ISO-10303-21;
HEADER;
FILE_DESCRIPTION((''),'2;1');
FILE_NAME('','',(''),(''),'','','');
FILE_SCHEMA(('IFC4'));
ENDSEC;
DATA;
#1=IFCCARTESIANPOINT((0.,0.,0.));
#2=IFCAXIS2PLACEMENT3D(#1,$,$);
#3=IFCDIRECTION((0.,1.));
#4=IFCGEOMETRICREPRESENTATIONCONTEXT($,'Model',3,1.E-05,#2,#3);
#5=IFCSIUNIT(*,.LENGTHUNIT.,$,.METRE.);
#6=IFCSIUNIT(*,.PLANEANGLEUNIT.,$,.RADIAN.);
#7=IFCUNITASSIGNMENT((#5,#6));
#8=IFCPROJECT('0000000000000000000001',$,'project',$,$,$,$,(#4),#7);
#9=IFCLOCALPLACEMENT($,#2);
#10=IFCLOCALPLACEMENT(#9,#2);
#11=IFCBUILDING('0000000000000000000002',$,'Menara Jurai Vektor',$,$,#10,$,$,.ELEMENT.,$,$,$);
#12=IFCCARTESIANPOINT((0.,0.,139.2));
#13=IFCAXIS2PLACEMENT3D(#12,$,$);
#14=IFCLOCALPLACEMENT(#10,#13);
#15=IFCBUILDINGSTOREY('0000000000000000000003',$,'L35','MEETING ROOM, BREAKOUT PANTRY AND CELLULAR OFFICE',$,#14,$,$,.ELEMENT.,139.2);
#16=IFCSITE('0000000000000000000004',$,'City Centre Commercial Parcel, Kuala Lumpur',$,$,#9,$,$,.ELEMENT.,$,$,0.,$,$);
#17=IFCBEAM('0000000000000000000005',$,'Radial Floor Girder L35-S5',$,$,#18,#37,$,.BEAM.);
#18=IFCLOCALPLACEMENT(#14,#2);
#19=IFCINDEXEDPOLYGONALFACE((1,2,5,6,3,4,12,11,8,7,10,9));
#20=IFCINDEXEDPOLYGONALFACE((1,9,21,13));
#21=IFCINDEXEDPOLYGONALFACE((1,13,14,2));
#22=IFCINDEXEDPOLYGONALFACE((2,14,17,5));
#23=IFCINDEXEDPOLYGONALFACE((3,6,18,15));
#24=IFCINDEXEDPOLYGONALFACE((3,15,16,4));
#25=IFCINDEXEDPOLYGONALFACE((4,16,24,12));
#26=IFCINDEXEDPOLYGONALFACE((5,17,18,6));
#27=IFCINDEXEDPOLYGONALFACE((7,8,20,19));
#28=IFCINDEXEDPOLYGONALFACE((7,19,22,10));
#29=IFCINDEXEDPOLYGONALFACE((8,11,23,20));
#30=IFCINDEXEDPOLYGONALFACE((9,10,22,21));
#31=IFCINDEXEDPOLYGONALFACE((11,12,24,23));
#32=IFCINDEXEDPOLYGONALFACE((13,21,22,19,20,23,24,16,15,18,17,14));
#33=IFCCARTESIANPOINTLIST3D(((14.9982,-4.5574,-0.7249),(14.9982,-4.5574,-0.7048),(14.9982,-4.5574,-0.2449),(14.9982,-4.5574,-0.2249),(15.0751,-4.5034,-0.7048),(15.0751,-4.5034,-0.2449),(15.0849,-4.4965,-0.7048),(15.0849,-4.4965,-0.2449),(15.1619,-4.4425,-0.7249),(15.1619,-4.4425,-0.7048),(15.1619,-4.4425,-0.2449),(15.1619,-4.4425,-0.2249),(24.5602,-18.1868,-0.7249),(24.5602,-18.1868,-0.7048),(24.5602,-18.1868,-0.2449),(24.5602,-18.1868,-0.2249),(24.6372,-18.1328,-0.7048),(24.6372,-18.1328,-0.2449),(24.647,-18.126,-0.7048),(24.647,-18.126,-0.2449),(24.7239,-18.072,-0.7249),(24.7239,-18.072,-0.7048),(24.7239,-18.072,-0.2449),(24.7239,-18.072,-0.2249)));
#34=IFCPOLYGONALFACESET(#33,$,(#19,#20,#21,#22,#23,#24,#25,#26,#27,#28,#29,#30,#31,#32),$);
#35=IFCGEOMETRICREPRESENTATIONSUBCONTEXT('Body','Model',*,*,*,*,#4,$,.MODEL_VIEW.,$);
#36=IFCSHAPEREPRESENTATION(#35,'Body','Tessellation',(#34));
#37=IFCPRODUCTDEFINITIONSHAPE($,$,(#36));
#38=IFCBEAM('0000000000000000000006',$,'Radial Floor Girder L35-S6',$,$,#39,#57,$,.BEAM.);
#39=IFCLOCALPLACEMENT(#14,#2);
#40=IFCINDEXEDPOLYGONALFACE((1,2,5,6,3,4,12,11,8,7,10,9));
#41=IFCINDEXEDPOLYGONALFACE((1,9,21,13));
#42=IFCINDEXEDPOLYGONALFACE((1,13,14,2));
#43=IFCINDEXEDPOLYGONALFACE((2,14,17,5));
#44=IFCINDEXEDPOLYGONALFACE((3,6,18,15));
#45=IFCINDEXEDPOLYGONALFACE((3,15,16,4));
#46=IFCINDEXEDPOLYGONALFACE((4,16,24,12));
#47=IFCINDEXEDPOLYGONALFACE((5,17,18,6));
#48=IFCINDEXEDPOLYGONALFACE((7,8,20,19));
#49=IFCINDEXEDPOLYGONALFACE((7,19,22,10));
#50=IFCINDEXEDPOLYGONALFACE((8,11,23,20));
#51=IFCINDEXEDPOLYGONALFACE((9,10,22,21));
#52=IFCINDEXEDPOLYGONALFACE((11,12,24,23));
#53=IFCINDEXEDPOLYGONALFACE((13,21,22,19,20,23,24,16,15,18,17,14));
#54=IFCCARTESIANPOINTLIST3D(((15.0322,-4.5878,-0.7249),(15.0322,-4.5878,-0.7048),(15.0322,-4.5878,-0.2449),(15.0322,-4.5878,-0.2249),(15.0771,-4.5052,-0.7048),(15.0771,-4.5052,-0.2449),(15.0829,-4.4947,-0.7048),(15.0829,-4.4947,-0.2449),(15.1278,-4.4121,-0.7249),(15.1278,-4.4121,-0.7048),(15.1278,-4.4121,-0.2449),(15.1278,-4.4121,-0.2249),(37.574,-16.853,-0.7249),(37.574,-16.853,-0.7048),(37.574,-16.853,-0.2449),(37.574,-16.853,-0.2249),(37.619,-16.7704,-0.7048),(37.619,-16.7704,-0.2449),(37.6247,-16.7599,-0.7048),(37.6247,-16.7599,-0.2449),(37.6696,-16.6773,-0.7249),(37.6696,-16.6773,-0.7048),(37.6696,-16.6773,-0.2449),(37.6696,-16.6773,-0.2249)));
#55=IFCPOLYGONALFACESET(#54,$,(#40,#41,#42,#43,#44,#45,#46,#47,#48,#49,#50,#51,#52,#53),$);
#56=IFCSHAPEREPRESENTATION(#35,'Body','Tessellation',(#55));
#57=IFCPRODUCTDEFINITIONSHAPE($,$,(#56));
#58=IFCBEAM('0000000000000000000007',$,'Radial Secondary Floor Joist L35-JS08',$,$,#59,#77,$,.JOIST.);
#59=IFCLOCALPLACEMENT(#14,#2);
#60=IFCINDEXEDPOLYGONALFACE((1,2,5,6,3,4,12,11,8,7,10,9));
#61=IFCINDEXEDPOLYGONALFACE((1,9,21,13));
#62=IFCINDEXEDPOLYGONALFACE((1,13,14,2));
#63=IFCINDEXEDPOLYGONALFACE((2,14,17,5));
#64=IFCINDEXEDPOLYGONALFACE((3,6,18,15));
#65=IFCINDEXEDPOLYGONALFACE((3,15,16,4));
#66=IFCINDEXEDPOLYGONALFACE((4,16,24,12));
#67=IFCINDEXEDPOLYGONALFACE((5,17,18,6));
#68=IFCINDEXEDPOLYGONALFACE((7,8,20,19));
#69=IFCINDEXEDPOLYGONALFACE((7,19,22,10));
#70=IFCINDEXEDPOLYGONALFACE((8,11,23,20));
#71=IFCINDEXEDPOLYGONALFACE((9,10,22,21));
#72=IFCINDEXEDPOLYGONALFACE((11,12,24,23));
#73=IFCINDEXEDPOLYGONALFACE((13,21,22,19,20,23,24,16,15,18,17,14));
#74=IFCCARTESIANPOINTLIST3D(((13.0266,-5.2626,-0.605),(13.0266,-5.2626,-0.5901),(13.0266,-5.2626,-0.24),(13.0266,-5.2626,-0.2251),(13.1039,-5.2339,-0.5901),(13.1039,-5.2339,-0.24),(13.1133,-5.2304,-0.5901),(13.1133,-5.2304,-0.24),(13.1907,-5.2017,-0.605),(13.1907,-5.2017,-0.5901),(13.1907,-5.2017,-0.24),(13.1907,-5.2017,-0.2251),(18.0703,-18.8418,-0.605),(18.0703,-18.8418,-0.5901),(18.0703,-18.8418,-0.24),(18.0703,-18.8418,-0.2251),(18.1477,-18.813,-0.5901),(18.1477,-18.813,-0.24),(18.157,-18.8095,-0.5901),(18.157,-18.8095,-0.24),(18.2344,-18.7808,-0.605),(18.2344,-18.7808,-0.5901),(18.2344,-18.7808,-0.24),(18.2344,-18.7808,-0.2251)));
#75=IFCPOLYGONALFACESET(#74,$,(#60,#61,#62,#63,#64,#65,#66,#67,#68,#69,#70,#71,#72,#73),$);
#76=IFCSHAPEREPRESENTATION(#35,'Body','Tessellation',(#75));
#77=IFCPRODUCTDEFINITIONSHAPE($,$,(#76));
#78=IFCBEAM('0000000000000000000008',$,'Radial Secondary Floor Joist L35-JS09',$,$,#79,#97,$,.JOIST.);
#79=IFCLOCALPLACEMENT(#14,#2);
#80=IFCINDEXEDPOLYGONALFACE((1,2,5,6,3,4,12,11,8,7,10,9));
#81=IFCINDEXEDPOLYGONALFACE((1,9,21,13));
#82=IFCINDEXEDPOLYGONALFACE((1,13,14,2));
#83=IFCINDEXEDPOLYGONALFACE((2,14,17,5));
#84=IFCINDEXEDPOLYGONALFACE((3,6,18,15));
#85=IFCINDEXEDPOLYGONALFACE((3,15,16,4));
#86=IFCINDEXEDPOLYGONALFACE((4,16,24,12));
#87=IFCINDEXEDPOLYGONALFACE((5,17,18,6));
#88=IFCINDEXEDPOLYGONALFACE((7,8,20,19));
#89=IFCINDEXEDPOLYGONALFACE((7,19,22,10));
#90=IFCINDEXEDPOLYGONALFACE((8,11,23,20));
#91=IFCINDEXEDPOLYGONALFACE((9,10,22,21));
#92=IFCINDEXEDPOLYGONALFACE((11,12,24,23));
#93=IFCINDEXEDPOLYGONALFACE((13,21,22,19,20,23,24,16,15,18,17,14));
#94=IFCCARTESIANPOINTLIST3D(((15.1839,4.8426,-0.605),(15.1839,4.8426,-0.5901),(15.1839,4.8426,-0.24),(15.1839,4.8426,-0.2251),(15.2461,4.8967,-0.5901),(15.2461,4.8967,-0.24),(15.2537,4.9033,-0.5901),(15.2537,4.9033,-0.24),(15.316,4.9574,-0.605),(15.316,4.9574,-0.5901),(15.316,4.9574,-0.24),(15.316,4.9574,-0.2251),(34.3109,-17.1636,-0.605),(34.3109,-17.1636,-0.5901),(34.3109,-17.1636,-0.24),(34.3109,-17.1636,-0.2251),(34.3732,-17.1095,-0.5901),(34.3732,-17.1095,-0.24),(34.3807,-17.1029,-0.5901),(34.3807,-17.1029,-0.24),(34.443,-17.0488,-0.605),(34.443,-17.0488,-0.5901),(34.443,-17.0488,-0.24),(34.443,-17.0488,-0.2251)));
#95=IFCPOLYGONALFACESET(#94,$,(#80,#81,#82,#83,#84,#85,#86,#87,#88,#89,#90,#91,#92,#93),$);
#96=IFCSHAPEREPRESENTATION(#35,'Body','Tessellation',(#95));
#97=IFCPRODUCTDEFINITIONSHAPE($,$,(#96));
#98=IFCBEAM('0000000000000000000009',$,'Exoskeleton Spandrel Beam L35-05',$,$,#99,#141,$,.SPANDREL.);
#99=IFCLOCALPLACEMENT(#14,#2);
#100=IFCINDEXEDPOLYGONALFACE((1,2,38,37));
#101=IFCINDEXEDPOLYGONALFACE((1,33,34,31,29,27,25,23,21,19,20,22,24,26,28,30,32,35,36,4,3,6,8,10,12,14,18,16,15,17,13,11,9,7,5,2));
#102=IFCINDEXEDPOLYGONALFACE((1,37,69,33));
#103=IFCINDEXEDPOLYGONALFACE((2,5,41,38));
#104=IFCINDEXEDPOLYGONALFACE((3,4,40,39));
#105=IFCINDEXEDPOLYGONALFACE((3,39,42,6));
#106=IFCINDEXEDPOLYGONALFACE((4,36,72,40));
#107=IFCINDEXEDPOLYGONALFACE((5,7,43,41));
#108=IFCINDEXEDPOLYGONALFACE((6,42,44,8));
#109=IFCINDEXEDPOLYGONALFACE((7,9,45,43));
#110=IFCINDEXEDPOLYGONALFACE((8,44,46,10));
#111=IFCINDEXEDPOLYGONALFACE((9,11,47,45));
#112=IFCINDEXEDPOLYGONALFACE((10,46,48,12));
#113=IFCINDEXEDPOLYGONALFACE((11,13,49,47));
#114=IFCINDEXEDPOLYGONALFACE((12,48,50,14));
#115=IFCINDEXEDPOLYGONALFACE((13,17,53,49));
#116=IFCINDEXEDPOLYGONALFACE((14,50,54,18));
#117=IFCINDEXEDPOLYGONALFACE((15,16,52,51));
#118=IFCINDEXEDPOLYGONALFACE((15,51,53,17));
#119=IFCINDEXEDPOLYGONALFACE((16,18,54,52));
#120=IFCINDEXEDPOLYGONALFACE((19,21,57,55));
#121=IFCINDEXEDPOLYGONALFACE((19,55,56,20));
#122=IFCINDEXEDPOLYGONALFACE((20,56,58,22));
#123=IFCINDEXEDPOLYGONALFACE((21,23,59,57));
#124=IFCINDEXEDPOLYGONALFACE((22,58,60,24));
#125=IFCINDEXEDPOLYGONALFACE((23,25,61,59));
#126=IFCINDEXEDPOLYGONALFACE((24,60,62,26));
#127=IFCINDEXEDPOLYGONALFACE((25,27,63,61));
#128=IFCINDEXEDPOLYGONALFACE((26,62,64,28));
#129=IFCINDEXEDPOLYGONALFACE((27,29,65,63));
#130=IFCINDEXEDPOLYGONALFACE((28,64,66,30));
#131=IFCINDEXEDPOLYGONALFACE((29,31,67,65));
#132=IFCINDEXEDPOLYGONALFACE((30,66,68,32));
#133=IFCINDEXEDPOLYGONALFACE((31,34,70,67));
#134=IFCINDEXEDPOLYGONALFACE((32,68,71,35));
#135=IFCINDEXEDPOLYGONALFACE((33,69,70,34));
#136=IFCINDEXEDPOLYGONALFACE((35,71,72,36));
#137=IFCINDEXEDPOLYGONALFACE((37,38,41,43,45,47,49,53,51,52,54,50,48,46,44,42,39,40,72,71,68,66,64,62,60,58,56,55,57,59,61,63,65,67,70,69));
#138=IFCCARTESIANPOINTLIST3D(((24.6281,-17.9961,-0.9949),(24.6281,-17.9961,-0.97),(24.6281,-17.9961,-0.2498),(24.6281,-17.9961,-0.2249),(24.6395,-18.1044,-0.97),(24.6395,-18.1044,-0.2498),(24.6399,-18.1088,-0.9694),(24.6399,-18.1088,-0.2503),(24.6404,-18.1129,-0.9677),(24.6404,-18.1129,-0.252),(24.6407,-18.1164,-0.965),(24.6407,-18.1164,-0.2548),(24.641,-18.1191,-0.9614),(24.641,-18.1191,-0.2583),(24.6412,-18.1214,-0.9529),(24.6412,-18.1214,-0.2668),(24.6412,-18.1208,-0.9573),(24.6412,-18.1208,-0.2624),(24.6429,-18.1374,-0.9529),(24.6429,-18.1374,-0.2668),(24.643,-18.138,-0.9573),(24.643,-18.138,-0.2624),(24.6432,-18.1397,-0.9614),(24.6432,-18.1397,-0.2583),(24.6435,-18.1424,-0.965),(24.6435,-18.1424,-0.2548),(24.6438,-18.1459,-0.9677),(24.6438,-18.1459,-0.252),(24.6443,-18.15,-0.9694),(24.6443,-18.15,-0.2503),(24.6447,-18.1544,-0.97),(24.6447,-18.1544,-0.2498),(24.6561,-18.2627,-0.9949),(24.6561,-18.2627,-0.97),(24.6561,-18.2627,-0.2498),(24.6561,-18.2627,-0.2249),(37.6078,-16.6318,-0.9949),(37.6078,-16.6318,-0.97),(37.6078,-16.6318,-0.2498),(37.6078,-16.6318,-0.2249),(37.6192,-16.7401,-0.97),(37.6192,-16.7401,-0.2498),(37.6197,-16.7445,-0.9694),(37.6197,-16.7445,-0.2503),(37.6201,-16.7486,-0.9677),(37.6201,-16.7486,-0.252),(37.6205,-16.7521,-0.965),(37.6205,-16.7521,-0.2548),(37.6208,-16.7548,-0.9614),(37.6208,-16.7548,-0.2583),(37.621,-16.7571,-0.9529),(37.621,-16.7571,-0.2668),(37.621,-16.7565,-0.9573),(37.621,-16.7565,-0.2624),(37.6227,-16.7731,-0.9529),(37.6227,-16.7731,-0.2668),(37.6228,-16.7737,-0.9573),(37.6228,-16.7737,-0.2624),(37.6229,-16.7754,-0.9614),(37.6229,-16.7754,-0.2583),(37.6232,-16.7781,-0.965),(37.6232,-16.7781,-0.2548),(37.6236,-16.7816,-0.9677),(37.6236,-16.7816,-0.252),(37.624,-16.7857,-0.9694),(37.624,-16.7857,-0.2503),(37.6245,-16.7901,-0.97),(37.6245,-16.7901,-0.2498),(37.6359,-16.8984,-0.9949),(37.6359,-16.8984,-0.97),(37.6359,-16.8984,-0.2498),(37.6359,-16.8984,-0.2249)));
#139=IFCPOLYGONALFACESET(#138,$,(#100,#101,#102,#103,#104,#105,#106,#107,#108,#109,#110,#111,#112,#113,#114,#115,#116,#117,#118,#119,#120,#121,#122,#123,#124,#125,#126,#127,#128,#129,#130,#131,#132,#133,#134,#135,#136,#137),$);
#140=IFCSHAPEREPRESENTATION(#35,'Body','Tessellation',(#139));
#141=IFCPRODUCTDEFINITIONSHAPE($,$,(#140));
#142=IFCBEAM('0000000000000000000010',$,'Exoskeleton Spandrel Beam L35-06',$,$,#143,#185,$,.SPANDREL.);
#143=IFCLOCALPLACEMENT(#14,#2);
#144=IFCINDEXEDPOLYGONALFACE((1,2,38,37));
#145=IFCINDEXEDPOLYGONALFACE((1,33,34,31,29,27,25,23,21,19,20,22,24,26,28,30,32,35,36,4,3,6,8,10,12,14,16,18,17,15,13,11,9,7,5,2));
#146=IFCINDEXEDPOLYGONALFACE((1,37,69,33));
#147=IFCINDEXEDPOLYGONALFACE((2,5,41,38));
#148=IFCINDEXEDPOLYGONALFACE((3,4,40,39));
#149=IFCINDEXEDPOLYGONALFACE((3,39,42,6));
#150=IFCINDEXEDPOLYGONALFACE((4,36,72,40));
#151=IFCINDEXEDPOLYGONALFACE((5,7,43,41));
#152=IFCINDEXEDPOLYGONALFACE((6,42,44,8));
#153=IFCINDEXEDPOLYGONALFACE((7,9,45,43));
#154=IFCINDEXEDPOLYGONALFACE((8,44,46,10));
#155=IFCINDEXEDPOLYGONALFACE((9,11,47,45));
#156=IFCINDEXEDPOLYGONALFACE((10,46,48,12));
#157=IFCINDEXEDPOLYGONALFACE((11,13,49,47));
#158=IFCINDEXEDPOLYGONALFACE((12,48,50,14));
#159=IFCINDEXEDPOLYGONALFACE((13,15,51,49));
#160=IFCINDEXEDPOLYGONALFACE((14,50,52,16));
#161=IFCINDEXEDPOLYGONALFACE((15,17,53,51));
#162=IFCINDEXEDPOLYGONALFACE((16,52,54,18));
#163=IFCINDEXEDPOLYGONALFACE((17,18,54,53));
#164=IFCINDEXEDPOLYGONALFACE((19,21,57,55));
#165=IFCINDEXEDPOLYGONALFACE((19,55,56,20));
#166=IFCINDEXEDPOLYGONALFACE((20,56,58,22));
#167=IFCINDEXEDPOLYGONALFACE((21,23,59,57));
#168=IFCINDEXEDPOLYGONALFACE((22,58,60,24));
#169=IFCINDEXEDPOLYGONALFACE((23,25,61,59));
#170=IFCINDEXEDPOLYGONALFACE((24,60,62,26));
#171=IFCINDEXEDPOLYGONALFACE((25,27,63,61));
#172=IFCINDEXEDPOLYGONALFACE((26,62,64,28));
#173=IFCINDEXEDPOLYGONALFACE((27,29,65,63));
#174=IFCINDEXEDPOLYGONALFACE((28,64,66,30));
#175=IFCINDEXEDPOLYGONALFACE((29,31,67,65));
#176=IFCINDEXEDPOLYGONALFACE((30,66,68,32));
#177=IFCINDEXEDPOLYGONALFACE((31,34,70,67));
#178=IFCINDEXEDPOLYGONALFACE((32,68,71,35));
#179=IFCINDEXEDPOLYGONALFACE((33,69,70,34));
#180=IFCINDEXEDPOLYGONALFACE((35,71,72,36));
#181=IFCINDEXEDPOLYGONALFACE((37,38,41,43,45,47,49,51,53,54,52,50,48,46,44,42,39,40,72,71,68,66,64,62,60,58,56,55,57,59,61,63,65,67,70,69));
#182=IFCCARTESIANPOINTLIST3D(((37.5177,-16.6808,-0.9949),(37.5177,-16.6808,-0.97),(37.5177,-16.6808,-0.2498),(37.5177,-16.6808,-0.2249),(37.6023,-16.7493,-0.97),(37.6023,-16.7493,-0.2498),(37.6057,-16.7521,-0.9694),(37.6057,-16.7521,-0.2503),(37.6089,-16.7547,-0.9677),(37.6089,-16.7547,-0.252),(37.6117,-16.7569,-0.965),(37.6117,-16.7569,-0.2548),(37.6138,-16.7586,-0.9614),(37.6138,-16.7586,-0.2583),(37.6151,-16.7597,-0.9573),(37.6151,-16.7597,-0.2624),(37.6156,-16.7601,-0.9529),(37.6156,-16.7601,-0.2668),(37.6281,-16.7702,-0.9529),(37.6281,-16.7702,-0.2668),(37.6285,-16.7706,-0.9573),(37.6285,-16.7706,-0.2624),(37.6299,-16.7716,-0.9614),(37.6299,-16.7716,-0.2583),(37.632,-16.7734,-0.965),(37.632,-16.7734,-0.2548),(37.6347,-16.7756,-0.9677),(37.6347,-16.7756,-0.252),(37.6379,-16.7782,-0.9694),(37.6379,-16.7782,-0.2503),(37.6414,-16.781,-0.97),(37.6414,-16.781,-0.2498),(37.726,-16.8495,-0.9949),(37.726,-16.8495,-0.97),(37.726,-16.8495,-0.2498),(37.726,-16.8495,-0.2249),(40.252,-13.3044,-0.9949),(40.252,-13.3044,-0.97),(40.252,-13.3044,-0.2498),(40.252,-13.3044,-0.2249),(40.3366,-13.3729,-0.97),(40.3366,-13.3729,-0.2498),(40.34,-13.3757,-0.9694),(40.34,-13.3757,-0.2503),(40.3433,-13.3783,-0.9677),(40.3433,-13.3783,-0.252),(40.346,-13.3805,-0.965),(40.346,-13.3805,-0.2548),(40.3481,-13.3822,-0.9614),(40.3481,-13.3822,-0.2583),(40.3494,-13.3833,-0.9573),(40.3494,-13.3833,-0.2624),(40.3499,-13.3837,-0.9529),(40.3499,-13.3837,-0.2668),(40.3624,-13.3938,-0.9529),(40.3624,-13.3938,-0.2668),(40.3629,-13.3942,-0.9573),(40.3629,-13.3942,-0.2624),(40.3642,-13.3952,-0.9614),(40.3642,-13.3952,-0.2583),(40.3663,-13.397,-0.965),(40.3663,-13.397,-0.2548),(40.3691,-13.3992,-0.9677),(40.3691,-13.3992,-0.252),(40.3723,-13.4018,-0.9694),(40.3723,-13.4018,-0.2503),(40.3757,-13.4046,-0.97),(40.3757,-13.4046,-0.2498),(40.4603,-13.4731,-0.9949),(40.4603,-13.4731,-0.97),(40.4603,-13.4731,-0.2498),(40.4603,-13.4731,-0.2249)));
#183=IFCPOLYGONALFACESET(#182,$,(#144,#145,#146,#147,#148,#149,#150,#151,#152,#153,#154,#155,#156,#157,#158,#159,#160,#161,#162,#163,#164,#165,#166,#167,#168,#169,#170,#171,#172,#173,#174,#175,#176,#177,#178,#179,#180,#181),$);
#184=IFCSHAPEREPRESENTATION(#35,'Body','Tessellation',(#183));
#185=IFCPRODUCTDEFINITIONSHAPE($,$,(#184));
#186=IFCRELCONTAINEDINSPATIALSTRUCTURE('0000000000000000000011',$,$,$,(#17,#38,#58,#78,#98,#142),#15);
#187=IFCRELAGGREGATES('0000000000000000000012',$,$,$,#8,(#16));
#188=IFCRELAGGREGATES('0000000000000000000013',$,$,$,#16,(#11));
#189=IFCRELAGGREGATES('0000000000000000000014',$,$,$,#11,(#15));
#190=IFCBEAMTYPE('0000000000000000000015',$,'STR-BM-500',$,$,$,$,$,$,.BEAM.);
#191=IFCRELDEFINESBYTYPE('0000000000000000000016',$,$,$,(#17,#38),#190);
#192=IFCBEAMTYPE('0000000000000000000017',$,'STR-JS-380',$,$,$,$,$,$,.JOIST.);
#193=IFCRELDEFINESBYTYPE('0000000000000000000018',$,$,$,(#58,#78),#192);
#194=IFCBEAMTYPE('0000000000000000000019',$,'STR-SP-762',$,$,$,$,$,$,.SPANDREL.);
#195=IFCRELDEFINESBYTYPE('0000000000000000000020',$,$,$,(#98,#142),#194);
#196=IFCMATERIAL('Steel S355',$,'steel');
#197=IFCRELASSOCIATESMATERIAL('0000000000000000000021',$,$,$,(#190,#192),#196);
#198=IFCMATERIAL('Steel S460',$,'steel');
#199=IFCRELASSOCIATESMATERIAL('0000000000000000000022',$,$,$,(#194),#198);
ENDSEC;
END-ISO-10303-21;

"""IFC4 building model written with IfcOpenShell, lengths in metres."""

from ifc_helpers import new_model, si_unit, direction, frame, origin, origin_2d, place, context, subcontext, project, spatial, i_section, extrude, material, material_profile, profile_set, type_object, element, save


model = new_model("IFC4")

# Units and contexts
model_context = context("Model", 3, precision=1e-05, world=origin(), true_north=direction((0.0, 1.0)))
body_context = subcontext(model_context, "Body", "Model", "MODEL_VIEW")
ifc_project = project(units=[si_unit("LENGTHUNIT", "METRE"), si_unit("PLANEANGLEUNIT", "RADIAN")], contexts=[model_context])

# Site, building, storey
site_placement = place(None, origin())
site = spatial("IfcSite", under=ifc_project, at=site_placement, Name="City Centre Commercial Parcel, Kuala Lumpur", CompositionType="ELEMENT", RefElevation=0.0)
building_placement = place(site_placement, origin())
building = spatial("IfcBuilding", under=site, at=building_placement, Name="Menara Jurai Vektor", CompositionType="ELEMENT")
storey_placement = place(building_placement, frame((0.0, 0.0, 139.2)))
storey = spatial("IfcBuildingStorey", under=building, at=storey_placement, Name="L35", Description="MEETING ROOM, BREAKOUT PANTRY AND CELLULAR OFFICE", CompositionType="ELEMENT", Elevation=139.2)

# Shared definitions
ifc_material_1 = material(Name="Steel S460", Category="steel")

# Beams
ifc_material_2 = material(Name="Steel S355", Category="steel")
ifc_material_profile_1 = material_profile(ifc_material_2, i_section(OverallWidth=0.2, OverallDepth=0.5, WebThickness=0.012, FlangeThickness=0.02, at=origin_2d()), Name="PG 500x200x96")
ifc_profile_set_1 = profile_set([ifc_material_profile_1], Name="Steel S355")
beam_type_1 = type_object("IfcBeamType", Name="STR-BM-500", PredefinedType="BEAM", material=ifc_profile_set_1)
beam_1_placement = place(storey_placement, frame((24.6421, -18.1294, -0.4749), z_axis=(-0.574326, 0.818627, 0.0), x_axis=(-0.818627, -0.574326, 0.0)))
element("IfcBeam", 1, at=beam_1_placement, inside=storey, type_object=beam_type_1, Name="Radial Floor Girder L35-S5", PredefinedType="BEAM", context=body_context, shape_type="SweptSolid", body=[
    extrude(i_section(OverallWidth=0.2, OverallDepth=0.5, WebThickness=0.012, FlangeThickness=0.02, at=origin_2d()), origin(), (0.0, 0.0, 1.0), 16.6492),
])
beam_2_placement = place(storey_placement, frame((37.6218, -16.7651, -0.4749), z_axis=(-0.878392, 0.47794, 0.0), x_axis=(-0.47794, -0.878392, 0.0)))
element("IfcBeam", 2, at=beam_2_placement, inside=storey, type_object=beam_type_1, Name="Radial Floor Girder L35-S6", PredefinedType="BEAM", context=body_context, shape_type="SweptSolid", body=[
    extrude(i_section(OverallWidth=0.2, OverallDepth=0.5, WebThickness=0.012, FlangeThickness=0.02, at=origin_2d()), origin(), (0.0, 0.0, 1.0), 25.6626),
])
ifc_material_profile_2 = material_profile(ifc_material_2, i_section(OverallWidth=0.175, OverallDepth=0.3799, WebThickness=0.01, FlangeThickness=0.0149, at=origin_2d()), Name="PG 380x175x58")
ifc_profile_set_2 = profile_set([ifc_material_profile_2], Name="Steel S355")
beam_type_2 = type_object("IfcBeamType", Name="STR-JS-380", PredefinedType="JOIST", material=ifc_profile_set_2)
beam_3_placement = place(storey_placement, frame((18.1523, -18.8113, -0.415), z_axis=(-0.348189, 0.937424, 0.0), x_axis=(-0.937424, -0.348189, 0.0)))
element("IfcBeam", 3, at=beam_3_placement, inside=storey, type_object=beam_type_2, Name="Radial Secondary Floor Joist L35-JS08", PredefinedType="JOIST", context=body_context, shape_type="SweptSolid", body=[
    extrude(i_section(OverallWidth=0.175, OverallDepth=0.3799, WebThickness=0.01, FlangeThickness=0.0149, at=origin_2d()), origin(), (0.0, 0.0, 1.0), 14.4856),
])
beam_4_placement = place(storey_placement, frame((34.377, -17.1062, -0.415), z_axis=(-0.656007, 0.754755, 0.0), x_axis=(-0.754755, -0.656007, 0.0)))
element("IfcBeam", 4, at=beam_4_placement, inside=storey, type_object=beam_type_2, Name="Radial Secondary Floor Joist L35-JS09", PredefinedType="JOIST", context=body_context, shape_type="SweptSolid", body=[
    extrude(i_section(OverallWidth=0.175, OverallDepth=0.3799, WebThickness=0.01, FlangeThickness=0.0149, at=origin_2d()), origin(), (0.0, 0.0, 1.0), 29.1567),
])
ifc_material_profile_3 = material_profile(ifc_material_1, i_section(OverallWidth=0.2681, OverallDepth=0.77, WebThickness=0.0161, FlangeThickness=0.0249, FilletRadius=0.0171, at=origin_2d()), Name="UKB 762x267x197")
ifc_profile_set_3 = profile_set([ifc_material_profile_3], Name="Steel S460")
beam_type_3 = type_object("IfcBeamType", Name="STR-SP-762", PredefinedType="SPANDREL", material=ifc_profile_set_3)
beam_5_placement = place(storey_placement, frame((24.6421, -18.1294, -0.6099), z_axis=(0.994522, 0.104531, 0.0), x_axis=(-0.104531, 0.994522, 0.0)))
element("IfcBeam", 5, at=beam_5_placement, inside=storey, type_object=beam_type_3, Name="Exoskeleton Spandrel Beam L35-05", PredefinedType="SPANDREL", context=body_context, shape_type="SweptSolid", body=[
    extrude(i_section(OverallWidth=0.2681, OverallDepth=0.77, WebThickness=0.0161, FlangeThickness=0.0249, FilletRadius=0.0171, at=origin_2d()), origin(), (0.0, 0.0, 1.0), 13.0513),
])
beam_6_placement = place(storey_placement, frame((37.6218, -16.7651, -0.6099), z_axis=(0.629344, 0.777127, 0.0), x_axis=(-0.777127, 0.629344, 0.0)))
element("IfcBeam", 6, at=beam_6_placement, inside=storey, type_object=beam_type_3, Name="Exoskeleton Spandrel Beam L35-06", PredefinedType="SPANDREL", context=body_context, shape_type="SweptSolid", body=[
    extrude(i_section(OverallWidth=0.2681, OverallDepth=0.77, WebThickness=0.0161, FlangeThickness=0.0249, FilletRadius=0.0171, at=origin_2d()), origin(), (0.0, 0.0, 1.0), 4.3447),
])

save(model, "model.ifc")
